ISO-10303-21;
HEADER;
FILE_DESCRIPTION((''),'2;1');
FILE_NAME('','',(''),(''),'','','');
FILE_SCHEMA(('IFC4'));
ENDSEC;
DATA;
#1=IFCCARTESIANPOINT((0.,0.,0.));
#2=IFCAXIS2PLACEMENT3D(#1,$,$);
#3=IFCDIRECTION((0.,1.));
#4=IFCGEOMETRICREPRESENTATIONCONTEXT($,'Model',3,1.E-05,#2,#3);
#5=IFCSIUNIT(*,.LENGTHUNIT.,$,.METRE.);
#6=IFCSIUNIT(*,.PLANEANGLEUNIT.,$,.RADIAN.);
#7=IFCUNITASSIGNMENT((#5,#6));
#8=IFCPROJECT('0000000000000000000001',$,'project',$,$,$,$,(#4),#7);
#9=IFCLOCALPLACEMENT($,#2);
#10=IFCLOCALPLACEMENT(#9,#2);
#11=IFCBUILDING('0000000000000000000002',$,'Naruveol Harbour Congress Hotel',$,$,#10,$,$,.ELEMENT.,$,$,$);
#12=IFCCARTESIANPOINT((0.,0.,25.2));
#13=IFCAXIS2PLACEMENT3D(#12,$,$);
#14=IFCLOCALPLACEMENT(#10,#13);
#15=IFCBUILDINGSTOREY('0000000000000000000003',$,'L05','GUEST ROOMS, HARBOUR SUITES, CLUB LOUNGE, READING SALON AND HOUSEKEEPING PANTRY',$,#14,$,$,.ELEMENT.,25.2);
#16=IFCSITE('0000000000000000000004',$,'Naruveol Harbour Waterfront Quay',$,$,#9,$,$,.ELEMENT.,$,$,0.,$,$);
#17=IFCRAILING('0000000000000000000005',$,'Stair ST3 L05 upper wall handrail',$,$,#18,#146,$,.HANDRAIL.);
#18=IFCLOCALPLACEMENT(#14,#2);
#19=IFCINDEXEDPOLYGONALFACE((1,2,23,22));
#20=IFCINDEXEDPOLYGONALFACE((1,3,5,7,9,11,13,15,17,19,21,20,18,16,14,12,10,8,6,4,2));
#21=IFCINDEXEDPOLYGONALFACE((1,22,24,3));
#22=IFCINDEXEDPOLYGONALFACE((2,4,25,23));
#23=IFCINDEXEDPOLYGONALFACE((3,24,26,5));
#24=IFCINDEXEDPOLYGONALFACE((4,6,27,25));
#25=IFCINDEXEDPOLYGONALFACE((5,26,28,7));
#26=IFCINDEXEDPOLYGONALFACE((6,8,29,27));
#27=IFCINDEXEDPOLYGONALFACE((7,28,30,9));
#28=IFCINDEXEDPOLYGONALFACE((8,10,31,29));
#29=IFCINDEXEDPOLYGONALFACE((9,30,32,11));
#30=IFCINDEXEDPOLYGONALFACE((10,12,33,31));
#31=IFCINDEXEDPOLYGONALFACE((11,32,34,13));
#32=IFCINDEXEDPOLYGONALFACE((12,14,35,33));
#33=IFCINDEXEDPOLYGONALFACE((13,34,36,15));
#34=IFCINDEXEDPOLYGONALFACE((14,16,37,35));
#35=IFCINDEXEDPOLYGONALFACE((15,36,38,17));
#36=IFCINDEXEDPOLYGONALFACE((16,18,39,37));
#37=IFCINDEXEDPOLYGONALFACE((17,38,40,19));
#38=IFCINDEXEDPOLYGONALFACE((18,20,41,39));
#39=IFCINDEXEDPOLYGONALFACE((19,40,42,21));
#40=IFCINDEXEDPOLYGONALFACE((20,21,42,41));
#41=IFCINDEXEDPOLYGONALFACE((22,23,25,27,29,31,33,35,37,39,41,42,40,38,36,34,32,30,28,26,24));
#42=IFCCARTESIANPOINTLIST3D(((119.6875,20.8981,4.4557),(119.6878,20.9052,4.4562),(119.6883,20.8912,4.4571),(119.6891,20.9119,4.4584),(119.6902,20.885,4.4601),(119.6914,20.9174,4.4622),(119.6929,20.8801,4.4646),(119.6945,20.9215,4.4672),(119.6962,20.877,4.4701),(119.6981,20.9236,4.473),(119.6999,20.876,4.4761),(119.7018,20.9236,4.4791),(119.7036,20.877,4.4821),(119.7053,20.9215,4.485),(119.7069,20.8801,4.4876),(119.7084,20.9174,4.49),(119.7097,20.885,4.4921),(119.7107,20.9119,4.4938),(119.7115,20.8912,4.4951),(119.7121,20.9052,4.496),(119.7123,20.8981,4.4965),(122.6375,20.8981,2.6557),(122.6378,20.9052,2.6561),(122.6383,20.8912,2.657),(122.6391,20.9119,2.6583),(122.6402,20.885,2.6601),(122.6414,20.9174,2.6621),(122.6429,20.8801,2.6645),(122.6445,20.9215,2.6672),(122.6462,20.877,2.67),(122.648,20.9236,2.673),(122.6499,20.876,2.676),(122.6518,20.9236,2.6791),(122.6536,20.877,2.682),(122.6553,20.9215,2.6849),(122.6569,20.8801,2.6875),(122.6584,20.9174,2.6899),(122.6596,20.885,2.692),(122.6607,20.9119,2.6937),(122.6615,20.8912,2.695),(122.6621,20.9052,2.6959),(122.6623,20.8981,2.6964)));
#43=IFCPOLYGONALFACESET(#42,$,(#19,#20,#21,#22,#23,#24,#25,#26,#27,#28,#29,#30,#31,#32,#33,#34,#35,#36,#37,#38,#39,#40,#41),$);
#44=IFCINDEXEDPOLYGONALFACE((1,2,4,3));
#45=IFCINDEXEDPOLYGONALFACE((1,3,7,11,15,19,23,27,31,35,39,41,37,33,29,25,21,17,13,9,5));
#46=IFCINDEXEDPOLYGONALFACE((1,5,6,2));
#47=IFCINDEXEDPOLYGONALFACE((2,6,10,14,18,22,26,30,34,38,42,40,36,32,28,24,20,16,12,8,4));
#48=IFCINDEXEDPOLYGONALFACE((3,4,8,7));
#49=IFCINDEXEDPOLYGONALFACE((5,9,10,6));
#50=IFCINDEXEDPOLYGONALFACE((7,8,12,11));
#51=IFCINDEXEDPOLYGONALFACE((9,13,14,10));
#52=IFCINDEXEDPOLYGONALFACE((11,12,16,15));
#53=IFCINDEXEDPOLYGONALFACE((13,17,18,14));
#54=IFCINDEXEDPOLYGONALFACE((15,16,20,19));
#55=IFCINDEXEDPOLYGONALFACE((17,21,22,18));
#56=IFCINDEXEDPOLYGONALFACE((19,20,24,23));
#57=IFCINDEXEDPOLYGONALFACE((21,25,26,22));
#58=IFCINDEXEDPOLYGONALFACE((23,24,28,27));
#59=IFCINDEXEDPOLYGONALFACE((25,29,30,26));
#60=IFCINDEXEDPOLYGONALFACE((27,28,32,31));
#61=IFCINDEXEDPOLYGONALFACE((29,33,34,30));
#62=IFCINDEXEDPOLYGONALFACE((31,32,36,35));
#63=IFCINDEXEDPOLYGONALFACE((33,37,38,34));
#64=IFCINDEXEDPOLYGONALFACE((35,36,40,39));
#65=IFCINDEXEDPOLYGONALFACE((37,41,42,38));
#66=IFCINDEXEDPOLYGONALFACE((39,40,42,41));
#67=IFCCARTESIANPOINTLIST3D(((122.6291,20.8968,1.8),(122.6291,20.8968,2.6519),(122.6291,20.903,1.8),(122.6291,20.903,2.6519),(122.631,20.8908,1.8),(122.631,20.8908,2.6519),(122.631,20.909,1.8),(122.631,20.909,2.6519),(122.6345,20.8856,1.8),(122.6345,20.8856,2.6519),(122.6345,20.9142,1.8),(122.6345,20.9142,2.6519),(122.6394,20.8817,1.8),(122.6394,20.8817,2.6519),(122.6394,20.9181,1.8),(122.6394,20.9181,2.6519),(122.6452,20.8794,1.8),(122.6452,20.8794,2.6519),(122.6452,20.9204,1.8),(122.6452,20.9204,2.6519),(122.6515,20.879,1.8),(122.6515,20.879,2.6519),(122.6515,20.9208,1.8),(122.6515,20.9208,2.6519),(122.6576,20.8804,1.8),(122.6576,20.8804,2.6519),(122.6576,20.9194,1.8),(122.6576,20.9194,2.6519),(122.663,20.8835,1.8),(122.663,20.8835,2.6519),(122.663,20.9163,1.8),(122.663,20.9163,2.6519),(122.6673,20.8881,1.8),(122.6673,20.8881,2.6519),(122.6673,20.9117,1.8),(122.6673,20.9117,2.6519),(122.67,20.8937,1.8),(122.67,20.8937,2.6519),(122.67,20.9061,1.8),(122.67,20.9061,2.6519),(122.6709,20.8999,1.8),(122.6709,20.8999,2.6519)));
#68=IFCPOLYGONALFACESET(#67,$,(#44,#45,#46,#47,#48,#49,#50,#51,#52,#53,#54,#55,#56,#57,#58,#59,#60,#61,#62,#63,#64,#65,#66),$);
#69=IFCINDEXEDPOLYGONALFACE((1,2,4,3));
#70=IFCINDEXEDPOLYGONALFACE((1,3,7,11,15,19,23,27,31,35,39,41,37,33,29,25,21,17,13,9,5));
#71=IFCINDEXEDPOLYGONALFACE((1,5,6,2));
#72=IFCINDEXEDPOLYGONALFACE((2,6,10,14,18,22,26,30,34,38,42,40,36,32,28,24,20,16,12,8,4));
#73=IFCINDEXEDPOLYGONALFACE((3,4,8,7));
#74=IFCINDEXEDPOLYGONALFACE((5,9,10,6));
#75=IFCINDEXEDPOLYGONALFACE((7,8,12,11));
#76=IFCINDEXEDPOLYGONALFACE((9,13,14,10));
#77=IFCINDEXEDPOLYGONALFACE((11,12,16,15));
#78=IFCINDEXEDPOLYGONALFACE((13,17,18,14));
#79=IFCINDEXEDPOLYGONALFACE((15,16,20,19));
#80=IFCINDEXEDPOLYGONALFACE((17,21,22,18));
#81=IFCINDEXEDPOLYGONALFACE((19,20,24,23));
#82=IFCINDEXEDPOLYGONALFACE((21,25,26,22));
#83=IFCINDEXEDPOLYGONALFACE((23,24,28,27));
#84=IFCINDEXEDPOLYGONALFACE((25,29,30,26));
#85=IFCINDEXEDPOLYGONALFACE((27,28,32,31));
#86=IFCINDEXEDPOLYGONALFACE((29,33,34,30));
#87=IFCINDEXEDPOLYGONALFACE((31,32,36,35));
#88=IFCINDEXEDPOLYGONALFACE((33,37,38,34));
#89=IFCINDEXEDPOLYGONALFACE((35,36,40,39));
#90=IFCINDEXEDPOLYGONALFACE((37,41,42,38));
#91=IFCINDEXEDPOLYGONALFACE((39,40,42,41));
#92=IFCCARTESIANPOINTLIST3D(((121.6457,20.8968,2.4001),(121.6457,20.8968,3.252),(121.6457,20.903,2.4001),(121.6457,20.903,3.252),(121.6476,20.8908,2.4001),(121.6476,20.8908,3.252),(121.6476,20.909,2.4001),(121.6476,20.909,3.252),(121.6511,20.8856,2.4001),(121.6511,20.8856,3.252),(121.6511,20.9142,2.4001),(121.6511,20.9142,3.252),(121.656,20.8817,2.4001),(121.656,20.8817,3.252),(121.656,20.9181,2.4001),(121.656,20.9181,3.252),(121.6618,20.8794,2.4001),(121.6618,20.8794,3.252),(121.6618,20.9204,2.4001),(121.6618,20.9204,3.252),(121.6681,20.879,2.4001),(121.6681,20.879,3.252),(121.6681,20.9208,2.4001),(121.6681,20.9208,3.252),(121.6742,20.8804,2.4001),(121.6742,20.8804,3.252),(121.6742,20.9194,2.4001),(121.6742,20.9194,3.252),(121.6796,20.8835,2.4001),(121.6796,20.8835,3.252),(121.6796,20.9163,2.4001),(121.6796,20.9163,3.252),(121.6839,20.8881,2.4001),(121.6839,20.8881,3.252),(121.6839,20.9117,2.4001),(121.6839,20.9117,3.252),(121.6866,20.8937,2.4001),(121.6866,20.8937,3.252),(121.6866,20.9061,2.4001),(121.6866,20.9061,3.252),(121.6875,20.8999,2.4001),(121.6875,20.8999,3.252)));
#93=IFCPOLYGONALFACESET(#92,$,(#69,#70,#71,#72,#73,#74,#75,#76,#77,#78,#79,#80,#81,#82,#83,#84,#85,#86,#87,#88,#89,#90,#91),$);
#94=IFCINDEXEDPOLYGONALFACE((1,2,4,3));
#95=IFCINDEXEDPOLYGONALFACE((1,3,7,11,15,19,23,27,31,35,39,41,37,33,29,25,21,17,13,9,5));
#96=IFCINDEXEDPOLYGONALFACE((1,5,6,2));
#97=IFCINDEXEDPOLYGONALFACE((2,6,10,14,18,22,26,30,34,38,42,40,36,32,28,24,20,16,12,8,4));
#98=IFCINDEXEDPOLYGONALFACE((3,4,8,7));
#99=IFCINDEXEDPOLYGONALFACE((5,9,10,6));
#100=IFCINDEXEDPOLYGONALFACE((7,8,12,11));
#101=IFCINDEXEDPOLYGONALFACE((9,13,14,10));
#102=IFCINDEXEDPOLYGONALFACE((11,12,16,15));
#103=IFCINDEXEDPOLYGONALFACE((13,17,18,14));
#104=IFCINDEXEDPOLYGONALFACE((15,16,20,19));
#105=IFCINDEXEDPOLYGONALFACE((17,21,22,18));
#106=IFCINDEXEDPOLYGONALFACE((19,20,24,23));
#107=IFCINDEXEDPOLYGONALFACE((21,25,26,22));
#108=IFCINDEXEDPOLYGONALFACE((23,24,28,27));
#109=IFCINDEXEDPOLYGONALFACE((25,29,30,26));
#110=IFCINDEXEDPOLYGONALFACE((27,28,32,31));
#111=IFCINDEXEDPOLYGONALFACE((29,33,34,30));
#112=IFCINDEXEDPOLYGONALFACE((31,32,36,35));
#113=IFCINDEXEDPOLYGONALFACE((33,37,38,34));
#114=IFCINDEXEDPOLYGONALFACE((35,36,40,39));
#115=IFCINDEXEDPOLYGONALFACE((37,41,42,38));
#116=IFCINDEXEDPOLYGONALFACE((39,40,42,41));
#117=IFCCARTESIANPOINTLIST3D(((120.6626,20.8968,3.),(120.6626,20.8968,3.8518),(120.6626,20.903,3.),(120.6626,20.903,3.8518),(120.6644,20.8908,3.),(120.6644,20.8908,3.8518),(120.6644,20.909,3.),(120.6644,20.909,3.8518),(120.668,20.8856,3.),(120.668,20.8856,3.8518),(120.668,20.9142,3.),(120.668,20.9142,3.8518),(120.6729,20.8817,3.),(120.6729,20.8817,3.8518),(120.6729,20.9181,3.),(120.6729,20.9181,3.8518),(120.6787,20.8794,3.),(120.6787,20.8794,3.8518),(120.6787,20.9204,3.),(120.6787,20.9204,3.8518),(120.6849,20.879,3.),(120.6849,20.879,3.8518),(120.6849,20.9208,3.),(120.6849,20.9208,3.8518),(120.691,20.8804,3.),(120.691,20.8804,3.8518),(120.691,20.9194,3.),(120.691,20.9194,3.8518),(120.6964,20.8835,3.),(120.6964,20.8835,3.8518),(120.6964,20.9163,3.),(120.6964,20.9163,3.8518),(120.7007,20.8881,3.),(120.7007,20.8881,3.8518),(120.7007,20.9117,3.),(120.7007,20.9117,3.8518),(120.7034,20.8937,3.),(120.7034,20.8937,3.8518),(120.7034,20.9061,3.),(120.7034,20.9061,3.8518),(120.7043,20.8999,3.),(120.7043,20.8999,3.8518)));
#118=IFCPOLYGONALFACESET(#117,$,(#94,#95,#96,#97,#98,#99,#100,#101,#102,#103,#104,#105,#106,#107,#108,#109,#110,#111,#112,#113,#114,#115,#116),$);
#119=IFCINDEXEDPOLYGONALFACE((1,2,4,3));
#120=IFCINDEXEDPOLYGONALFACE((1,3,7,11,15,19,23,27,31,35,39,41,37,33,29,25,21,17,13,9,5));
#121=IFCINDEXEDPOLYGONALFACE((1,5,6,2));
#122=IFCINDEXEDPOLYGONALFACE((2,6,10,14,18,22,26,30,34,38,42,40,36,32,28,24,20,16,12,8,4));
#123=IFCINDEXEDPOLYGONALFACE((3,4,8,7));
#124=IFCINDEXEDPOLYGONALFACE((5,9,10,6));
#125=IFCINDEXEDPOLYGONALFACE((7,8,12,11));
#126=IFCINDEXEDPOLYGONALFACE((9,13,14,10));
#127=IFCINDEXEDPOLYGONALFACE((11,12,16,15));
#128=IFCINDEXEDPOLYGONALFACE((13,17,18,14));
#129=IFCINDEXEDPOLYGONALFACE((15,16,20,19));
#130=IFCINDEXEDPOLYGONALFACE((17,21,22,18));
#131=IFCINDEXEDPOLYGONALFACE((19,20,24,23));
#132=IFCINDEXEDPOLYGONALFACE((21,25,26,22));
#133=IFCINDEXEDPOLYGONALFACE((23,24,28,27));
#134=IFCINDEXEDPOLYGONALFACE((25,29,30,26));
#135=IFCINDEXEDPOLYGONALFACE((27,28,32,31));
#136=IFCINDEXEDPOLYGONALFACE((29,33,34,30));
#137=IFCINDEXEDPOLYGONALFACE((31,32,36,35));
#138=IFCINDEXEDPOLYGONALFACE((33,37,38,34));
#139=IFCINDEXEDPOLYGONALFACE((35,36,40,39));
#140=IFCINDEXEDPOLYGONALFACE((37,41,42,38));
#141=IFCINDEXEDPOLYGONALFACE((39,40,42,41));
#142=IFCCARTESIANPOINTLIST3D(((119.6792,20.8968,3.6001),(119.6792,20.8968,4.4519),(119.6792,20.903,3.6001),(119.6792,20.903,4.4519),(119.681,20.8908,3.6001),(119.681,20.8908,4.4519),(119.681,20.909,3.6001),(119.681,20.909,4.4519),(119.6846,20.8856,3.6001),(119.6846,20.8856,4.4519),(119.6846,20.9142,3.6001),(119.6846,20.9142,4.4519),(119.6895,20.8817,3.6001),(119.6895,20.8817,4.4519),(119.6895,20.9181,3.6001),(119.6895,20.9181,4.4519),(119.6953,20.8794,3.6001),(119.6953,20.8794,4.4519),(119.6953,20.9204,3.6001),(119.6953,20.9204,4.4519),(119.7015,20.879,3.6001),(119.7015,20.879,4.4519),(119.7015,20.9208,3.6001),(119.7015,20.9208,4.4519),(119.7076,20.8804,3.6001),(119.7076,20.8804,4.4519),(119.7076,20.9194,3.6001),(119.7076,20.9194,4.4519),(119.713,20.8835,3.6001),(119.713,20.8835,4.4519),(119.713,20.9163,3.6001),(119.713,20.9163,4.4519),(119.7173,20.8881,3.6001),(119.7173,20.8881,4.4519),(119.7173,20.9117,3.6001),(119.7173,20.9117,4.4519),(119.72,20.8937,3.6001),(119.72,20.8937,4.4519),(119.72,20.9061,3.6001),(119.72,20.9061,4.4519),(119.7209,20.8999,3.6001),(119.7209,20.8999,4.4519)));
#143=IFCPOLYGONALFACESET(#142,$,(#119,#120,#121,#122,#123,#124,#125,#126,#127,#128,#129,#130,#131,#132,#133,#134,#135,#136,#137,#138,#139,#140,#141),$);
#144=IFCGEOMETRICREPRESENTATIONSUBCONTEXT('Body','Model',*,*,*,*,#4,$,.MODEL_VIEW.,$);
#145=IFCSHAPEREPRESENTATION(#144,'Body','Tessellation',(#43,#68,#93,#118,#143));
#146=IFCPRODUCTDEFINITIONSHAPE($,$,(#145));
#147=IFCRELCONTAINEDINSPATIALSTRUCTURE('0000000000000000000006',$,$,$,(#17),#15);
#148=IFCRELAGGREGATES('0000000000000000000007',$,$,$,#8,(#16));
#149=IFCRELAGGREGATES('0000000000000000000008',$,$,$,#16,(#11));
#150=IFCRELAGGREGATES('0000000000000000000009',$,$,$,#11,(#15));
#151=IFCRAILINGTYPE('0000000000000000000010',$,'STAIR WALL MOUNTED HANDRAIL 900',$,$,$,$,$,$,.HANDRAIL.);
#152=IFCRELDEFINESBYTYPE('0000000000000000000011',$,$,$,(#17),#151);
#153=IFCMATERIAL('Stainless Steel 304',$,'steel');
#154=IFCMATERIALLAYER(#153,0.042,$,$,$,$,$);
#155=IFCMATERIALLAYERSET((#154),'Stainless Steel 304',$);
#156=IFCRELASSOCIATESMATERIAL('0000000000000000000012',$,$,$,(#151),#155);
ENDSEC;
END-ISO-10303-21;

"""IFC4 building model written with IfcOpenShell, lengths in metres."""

from ifc_helpers import new_model, si_unit, direction, frame, origin, origin_2d, place, context, subcontext, project, spatial, circle, extrude, material, layer, layer_set, type_object, element, save


model = new_model("IFC4")

# Units and contexts
model_context = context("Model", 3, precision=1e-05, world=origin(), true_north=direction((0.0, 1.0)))
body_context = subcontext(model_context, "Body", "Model", "MODEL_VIEW")
ifc_project = project(units=[si_unit("LENGTHUNIT", "METRE"), si_unit("PLANEANGLEUNIT", "RADIAN")], contexts=[model_context])

# Site, building, storey
site_placement = place(None, origin())
site = spatial("IfcSite", under=ifc_project, at=site_placement, Name="Naruveol Harbour Waterfront Quay", CompositionType="ELEMENT", RefElevation=0.0)
building_placement = place(site_placement, origin())
building = spatial("IfcBuilding", under=site, at=building_placement, Name="Naruveol Harbour Congress Hotel", CompositionType="ELEMENT")
storey_placement = place(building_placement, frame((0.0, 0.0, 25.2)))
storey = spatial("IfcBuildingStorey", under=building, at=storey_placement, Name="L05", Description="GUEST ROOMS, HARBOUR SUITES, CLUB LOUNGE, READING SALON AND HOUSEKEEPING PANTRY", CompositionType="ELEMENT", Elevation=25.2)

# Railing
ifc_material_1 = material(Name="Stainless Steel 304", Category="steel")
ifc_layer_1 = layer(ifc_material_1, 0.042)
ifc_layer_set_1 = layer_set([ifc_layer_1], Name="Stainless Steel 304")
railing_type_1 = type_object("IfcRailingType", Name="STAIR WALL MOUNTED HANDRAIL 900", PredefinedType="HANDRAIL", material=ifc_layer_set_1)
railing_1_placement = place(storey_placement, frame((122.6499, 20.8999, 1.8)))
element("IfcRailing", 1, at=railing_1_placement, inside=storey, type_object=railing_type_1, Name="Stair ST3 L05 upper wall handrail", PredefinedType="HANDRAIL", context=body_context, shape_type="SweptSolid", body=[
    extrude(circle(Radius=0.0239, at=origin_2d()), frame((0.0, 0.0, 0.876), z_axis=(-0.853629, 0.0, 0.520881), x_axis=(0.0, -1.0, 0.0)), (0.0, 0.0, 1.0), 3.4558),
    extrude(circle(Radius=0.021, at=origin_2d()), origin(), (0.0, 0.0, 1.0), 0.8518),
    extrude(circle(Radius=0.021, at=origin_2d()), frame((-0.9834, 0.0, 0.6001)), (0.0, 0.0, 1.0), 0.8518),
    extrude(circle(Radius=0.021, at=origin_2d()), frame((-1.9666, 0.0, 1.2)), (0.0, 0.0, 1.0), 0.8518),
    extrude(circle(Radius=0.021, at=origin_2d()), frame((-2.95, 0.0, 1.8)), (0.0, 0.0, 1.0), 0.8518),
])

save(model, "model.ifc")
